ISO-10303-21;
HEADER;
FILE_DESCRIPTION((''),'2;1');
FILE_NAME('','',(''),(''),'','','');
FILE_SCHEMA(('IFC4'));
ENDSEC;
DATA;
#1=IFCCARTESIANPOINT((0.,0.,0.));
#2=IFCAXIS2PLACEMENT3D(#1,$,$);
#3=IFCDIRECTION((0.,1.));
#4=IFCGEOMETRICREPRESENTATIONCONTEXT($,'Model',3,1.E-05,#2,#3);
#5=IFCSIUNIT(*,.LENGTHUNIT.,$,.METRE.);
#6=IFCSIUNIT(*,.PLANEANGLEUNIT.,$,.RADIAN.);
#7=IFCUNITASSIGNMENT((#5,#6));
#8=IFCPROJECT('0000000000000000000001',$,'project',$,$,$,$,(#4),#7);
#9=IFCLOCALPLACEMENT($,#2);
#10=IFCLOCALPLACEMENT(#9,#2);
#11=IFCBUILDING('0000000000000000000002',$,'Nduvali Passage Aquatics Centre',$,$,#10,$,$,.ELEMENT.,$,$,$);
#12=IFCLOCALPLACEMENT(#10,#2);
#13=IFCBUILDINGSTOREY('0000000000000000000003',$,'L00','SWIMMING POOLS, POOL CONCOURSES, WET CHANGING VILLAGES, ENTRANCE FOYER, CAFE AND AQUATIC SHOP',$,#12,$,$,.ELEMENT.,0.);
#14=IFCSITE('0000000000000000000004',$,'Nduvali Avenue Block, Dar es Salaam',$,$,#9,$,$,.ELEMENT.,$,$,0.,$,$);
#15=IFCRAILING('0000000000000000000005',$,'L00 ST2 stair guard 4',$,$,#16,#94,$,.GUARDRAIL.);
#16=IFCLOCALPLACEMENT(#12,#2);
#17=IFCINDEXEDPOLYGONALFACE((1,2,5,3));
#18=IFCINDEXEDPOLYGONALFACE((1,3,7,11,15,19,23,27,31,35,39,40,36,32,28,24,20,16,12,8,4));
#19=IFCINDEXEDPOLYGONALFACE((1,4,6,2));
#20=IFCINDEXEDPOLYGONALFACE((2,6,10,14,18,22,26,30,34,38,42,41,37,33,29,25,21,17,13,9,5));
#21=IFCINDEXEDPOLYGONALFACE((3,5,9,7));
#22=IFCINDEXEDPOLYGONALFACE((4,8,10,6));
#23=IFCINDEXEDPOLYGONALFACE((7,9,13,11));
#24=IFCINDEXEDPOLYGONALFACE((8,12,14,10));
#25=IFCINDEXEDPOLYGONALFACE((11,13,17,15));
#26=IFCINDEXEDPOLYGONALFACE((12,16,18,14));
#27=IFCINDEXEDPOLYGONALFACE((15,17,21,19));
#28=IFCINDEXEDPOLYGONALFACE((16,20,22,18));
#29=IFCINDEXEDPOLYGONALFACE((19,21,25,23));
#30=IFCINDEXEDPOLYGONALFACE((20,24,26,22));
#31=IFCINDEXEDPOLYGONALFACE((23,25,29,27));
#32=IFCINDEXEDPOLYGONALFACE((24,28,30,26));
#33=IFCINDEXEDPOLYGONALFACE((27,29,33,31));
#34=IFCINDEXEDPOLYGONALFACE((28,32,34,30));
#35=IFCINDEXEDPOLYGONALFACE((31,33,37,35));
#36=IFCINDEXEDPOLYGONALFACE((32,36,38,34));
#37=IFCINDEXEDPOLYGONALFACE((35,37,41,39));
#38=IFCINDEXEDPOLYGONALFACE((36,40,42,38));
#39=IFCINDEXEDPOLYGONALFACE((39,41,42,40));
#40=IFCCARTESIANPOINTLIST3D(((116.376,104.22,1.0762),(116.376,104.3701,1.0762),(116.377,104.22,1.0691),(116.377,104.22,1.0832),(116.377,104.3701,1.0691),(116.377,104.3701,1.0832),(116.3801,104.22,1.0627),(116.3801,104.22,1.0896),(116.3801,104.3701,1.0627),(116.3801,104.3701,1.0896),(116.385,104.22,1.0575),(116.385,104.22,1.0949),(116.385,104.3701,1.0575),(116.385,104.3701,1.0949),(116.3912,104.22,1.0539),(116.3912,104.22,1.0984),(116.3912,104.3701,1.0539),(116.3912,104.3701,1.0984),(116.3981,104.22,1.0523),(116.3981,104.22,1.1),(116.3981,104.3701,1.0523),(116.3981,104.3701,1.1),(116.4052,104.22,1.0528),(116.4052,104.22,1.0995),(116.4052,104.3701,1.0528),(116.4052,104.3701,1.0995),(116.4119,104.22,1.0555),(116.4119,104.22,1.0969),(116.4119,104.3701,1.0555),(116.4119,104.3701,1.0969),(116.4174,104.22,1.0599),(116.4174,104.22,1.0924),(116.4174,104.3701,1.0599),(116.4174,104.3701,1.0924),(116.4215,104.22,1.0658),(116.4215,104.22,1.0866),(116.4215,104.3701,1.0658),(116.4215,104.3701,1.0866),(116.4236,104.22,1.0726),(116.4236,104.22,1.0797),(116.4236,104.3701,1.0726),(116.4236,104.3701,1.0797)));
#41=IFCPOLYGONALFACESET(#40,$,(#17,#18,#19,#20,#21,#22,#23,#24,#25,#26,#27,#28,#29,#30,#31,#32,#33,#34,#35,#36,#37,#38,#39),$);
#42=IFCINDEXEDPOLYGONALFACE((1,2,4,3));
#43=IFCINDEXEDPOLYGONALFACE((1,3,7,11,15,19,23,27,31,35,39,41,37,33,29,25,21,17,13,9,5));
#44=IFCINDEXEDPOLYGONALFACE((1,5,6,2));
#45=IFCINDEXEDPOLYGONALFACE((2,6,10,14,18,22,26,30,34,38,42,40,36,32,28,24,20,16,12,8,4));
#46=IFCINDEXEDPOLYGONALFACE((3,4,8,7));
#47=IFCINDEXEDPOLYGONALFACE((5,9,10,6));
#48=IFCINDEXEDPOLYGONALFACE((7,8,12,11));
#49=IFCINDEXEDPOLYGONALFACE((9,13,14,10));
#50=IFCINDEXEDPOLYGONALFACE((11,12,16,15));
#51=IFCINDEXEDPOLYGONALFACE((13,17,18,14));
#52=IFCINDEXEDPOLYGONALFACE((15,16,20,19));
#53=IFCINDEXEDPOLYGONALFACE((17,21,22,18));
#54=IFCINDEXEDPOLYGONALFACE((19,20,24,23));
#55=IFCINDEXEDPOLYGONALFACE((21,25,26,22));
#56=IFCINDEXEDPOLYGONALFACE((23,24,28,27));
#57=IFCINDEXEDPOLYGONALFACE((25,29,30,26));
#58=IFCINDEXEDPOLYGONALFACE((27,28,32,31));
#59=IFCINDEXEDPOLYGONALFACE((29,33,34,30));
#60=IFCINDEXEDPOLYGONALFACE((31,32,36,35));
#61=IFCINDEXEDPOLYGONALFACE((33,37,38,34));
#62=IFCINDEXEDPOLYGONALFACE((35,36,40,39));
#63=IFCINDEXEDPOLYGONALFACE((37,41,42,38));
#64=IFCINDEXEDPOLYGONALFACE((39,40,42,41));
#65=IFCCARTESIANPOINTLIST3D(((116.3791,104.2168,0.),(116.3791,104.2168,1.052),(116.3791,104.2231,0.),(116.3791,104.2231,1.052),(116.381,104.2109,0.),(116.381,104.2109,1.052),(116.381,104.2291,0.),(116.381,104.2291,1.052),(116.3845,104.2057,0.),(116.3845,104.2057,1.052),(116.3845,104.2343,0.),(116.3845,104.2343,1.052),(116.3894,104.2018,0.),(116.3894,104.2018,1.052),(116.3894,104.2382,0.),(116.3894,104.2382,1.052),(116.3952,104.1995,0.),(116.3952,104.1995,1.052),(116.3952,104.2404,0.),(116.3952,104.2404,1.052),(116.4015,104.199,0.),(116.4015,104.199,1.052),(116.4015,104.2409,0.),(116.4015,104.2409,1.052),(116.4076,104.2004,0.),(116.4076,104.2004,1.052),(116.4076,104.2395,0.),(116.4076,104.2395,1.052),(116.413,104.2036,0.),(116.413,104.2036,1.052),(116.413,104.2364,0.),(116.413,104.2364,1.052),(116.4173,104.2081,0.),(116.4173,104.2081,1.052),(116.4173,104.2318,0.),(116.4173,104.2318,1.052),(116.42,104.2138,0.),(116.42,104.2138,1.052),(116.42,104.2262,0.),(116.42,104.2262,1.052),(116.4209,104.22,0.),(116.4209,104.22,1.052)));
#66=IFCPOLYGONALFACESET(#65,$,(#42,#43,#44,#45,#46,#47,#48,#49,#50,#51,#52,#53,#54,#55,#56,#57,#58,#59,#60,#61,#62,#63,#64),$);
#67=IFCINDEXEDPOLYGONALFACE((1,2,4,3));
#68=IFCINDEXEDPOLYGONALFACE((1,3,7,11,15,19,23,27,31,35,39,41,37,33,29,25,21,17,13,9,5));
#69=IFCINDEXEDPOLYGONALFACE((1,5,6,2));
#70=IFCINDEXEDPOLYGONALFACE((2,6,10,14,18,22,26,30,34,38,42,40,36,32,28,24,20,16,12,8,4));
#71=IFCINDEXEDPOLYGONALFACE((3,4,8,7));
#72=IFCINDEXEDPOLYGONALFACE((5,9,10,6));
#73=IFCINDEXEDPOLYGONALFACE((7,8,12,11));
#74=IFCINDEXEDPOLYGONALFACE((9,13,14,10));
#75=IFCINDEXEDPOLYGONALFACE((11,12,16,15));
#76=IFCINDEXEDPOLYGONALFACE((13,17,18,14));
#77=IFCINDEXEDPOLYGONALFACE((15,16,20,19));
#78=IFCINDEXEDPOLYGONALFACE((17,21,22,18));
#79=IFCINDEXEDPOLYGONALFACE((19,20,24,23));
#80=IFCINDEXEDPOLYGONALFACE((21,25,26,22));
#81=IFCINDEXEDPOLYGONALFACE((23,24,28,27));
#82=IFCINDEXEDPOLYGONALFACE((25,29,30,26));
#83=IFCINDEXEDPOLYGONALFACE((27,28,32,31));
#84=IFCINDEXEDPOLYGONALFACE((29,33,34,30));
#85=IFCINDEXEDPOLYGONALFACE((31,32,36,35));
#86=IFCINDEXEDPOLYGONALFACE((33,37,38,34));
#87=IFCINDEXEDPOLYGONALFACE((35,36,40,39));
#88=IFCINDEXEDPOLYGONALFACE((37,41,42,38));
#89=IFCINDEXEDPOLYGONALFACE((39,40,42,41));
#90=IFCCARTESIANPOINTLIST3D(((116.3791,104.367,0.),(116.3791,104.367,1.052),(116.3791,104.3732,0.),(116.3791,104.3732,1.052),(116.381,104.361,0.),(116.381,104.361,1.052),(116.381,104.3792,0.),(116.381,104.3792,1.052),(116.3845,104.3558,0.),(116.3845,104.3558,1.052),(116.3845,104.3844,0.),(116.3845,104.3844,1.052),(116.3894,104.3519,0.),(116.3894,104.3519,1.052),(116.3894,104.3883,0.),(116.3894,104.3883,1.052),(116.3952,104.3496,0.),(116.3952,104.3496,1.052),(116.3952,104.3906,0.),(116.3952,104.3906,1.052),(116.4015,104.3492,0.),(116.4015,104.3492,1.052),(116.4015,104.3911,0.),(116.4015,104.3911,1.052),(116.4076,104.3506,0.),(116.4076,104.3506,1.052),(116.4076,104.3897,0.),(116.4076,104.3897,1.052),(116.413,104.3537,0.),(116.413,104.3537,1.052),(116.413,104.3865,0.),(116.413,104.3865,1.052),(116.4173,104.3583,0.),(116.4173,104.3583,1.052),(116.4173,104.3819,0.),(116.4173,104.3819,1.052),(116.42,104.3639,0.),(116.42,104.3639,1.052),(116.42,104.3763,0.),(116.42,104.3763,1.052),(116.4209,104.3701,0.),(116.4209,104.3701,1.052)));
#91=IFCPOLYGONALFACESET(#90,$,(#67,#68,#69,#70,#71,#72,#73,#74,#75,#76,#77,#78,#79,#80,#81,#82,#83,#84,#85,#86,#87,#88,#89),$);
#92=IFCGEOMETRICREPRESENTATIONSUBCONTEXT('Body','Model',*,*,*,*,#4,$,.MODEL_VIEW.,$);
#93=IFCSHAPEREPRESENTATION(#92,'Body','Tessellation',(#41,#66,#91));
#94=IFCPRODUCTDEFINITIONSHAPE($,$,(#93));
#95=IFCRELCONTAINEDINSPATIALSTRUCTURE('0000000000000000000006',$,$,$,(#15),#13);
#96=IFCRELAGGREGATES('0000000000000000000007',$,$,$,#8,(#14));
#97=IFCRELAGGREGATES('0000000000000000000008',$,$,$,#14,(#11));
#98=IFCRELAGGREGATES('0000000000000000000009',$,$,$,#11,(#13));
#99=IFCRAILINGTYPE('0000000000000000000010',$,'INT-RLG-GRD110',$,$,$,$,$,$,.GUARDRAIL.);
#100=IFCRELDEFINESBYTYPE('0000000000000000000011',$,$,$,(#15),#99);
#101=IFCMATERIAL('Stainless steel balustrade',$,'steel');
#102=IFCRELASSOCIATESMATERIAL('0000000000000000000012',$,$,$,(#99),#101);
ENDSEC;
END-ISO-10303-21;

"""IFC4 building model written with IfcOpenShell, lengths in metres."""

from ifc_helpers import new_model, si_unit, direction, frame, origin, origin_2d, place, context, subcontext, project, spatial, circle, extrude, material, type_object, element, save


model = new_model("IFC4")

# Units and contexts
model_context = context("Model", 3, precision=1e-05, world=origin(), true_north=direction((0.0, 1.0)))
body_context = subcontext(model_context, "Body", "Model", "MODEL_VIEW")
ifc_project = project(units=[si_unit("LENGTHUNIT", "METRE"), si_unit("PLANEANGLEUNIT", "RADIAN")], contexts=[model_context])

# Site, building, storey
site_placement = place(None, origin())
site = spatial("IfcSite", under=ifc_project, at=site_placement, Name="Nduvali Avenue Block, Dar es Salaam", CompositionType="ELEMENT", RefElevation=0.0)
building_placement = place(site_placement, origin())
building = spatial("IfcBuilding", under=site, at=building_placement, Name="Nduvali Passage Aquatics Centre", CompositionType="ELEMENT")
storey_placement = place(building_placement, origin())
storey = spatial("IfcBuildingStorey", under=building, at=storey_placement, Name="L00", Description="SWIMMING POOLS, POOL CONCOURSES, WET CHANGING VILLAGES, ENTRANCE FOYER, CAFE AND AQUATIC SHOP", CompositionType="ELEMENT", Elevation=0.0)

# Railing
ifc_material_1 = material(Name="Stainless steel balustrade", Category="steel")
railing_type_1 = type_object("IfcRailingType", Name="INT-RLG-GRD110", PredefinedType="GUARDRAIL", material=ifc_material_1)
railing_1_placement = place(storey_placement, frame((116.3999, 104.22, 0.0)))
element("IfcRailing", 1, at=railing_1_placement, inside=storey, type_object=railing_type_1, Name="L00 ST2 stair guard 4", PredefinedType="GUARDRAIL", context=body_context, shape_type="SweptSolid", body=[
    extrude(circle(Radius=0.0239, at=origin_2d()), frame((0.0, 0.0, 1.0762), z_axis=(0.0, 1.0, 0.0), x_axis=(-1.0, 0.0, 0.0)), (0.0, 0.0, 1.0), 0.1501),
    extrude(circle(Radius=0.021, at=origin_2d()), origin(), (0.0, 0.0, 1.0), 1.052),
    extrude(circle(Radius=0.021, at=origin_2d()), frame((0.0, 0.1501, 0.0)), (0.0, 0.0, 1.0), 1.052),
])

save(model, "model.ifc")
